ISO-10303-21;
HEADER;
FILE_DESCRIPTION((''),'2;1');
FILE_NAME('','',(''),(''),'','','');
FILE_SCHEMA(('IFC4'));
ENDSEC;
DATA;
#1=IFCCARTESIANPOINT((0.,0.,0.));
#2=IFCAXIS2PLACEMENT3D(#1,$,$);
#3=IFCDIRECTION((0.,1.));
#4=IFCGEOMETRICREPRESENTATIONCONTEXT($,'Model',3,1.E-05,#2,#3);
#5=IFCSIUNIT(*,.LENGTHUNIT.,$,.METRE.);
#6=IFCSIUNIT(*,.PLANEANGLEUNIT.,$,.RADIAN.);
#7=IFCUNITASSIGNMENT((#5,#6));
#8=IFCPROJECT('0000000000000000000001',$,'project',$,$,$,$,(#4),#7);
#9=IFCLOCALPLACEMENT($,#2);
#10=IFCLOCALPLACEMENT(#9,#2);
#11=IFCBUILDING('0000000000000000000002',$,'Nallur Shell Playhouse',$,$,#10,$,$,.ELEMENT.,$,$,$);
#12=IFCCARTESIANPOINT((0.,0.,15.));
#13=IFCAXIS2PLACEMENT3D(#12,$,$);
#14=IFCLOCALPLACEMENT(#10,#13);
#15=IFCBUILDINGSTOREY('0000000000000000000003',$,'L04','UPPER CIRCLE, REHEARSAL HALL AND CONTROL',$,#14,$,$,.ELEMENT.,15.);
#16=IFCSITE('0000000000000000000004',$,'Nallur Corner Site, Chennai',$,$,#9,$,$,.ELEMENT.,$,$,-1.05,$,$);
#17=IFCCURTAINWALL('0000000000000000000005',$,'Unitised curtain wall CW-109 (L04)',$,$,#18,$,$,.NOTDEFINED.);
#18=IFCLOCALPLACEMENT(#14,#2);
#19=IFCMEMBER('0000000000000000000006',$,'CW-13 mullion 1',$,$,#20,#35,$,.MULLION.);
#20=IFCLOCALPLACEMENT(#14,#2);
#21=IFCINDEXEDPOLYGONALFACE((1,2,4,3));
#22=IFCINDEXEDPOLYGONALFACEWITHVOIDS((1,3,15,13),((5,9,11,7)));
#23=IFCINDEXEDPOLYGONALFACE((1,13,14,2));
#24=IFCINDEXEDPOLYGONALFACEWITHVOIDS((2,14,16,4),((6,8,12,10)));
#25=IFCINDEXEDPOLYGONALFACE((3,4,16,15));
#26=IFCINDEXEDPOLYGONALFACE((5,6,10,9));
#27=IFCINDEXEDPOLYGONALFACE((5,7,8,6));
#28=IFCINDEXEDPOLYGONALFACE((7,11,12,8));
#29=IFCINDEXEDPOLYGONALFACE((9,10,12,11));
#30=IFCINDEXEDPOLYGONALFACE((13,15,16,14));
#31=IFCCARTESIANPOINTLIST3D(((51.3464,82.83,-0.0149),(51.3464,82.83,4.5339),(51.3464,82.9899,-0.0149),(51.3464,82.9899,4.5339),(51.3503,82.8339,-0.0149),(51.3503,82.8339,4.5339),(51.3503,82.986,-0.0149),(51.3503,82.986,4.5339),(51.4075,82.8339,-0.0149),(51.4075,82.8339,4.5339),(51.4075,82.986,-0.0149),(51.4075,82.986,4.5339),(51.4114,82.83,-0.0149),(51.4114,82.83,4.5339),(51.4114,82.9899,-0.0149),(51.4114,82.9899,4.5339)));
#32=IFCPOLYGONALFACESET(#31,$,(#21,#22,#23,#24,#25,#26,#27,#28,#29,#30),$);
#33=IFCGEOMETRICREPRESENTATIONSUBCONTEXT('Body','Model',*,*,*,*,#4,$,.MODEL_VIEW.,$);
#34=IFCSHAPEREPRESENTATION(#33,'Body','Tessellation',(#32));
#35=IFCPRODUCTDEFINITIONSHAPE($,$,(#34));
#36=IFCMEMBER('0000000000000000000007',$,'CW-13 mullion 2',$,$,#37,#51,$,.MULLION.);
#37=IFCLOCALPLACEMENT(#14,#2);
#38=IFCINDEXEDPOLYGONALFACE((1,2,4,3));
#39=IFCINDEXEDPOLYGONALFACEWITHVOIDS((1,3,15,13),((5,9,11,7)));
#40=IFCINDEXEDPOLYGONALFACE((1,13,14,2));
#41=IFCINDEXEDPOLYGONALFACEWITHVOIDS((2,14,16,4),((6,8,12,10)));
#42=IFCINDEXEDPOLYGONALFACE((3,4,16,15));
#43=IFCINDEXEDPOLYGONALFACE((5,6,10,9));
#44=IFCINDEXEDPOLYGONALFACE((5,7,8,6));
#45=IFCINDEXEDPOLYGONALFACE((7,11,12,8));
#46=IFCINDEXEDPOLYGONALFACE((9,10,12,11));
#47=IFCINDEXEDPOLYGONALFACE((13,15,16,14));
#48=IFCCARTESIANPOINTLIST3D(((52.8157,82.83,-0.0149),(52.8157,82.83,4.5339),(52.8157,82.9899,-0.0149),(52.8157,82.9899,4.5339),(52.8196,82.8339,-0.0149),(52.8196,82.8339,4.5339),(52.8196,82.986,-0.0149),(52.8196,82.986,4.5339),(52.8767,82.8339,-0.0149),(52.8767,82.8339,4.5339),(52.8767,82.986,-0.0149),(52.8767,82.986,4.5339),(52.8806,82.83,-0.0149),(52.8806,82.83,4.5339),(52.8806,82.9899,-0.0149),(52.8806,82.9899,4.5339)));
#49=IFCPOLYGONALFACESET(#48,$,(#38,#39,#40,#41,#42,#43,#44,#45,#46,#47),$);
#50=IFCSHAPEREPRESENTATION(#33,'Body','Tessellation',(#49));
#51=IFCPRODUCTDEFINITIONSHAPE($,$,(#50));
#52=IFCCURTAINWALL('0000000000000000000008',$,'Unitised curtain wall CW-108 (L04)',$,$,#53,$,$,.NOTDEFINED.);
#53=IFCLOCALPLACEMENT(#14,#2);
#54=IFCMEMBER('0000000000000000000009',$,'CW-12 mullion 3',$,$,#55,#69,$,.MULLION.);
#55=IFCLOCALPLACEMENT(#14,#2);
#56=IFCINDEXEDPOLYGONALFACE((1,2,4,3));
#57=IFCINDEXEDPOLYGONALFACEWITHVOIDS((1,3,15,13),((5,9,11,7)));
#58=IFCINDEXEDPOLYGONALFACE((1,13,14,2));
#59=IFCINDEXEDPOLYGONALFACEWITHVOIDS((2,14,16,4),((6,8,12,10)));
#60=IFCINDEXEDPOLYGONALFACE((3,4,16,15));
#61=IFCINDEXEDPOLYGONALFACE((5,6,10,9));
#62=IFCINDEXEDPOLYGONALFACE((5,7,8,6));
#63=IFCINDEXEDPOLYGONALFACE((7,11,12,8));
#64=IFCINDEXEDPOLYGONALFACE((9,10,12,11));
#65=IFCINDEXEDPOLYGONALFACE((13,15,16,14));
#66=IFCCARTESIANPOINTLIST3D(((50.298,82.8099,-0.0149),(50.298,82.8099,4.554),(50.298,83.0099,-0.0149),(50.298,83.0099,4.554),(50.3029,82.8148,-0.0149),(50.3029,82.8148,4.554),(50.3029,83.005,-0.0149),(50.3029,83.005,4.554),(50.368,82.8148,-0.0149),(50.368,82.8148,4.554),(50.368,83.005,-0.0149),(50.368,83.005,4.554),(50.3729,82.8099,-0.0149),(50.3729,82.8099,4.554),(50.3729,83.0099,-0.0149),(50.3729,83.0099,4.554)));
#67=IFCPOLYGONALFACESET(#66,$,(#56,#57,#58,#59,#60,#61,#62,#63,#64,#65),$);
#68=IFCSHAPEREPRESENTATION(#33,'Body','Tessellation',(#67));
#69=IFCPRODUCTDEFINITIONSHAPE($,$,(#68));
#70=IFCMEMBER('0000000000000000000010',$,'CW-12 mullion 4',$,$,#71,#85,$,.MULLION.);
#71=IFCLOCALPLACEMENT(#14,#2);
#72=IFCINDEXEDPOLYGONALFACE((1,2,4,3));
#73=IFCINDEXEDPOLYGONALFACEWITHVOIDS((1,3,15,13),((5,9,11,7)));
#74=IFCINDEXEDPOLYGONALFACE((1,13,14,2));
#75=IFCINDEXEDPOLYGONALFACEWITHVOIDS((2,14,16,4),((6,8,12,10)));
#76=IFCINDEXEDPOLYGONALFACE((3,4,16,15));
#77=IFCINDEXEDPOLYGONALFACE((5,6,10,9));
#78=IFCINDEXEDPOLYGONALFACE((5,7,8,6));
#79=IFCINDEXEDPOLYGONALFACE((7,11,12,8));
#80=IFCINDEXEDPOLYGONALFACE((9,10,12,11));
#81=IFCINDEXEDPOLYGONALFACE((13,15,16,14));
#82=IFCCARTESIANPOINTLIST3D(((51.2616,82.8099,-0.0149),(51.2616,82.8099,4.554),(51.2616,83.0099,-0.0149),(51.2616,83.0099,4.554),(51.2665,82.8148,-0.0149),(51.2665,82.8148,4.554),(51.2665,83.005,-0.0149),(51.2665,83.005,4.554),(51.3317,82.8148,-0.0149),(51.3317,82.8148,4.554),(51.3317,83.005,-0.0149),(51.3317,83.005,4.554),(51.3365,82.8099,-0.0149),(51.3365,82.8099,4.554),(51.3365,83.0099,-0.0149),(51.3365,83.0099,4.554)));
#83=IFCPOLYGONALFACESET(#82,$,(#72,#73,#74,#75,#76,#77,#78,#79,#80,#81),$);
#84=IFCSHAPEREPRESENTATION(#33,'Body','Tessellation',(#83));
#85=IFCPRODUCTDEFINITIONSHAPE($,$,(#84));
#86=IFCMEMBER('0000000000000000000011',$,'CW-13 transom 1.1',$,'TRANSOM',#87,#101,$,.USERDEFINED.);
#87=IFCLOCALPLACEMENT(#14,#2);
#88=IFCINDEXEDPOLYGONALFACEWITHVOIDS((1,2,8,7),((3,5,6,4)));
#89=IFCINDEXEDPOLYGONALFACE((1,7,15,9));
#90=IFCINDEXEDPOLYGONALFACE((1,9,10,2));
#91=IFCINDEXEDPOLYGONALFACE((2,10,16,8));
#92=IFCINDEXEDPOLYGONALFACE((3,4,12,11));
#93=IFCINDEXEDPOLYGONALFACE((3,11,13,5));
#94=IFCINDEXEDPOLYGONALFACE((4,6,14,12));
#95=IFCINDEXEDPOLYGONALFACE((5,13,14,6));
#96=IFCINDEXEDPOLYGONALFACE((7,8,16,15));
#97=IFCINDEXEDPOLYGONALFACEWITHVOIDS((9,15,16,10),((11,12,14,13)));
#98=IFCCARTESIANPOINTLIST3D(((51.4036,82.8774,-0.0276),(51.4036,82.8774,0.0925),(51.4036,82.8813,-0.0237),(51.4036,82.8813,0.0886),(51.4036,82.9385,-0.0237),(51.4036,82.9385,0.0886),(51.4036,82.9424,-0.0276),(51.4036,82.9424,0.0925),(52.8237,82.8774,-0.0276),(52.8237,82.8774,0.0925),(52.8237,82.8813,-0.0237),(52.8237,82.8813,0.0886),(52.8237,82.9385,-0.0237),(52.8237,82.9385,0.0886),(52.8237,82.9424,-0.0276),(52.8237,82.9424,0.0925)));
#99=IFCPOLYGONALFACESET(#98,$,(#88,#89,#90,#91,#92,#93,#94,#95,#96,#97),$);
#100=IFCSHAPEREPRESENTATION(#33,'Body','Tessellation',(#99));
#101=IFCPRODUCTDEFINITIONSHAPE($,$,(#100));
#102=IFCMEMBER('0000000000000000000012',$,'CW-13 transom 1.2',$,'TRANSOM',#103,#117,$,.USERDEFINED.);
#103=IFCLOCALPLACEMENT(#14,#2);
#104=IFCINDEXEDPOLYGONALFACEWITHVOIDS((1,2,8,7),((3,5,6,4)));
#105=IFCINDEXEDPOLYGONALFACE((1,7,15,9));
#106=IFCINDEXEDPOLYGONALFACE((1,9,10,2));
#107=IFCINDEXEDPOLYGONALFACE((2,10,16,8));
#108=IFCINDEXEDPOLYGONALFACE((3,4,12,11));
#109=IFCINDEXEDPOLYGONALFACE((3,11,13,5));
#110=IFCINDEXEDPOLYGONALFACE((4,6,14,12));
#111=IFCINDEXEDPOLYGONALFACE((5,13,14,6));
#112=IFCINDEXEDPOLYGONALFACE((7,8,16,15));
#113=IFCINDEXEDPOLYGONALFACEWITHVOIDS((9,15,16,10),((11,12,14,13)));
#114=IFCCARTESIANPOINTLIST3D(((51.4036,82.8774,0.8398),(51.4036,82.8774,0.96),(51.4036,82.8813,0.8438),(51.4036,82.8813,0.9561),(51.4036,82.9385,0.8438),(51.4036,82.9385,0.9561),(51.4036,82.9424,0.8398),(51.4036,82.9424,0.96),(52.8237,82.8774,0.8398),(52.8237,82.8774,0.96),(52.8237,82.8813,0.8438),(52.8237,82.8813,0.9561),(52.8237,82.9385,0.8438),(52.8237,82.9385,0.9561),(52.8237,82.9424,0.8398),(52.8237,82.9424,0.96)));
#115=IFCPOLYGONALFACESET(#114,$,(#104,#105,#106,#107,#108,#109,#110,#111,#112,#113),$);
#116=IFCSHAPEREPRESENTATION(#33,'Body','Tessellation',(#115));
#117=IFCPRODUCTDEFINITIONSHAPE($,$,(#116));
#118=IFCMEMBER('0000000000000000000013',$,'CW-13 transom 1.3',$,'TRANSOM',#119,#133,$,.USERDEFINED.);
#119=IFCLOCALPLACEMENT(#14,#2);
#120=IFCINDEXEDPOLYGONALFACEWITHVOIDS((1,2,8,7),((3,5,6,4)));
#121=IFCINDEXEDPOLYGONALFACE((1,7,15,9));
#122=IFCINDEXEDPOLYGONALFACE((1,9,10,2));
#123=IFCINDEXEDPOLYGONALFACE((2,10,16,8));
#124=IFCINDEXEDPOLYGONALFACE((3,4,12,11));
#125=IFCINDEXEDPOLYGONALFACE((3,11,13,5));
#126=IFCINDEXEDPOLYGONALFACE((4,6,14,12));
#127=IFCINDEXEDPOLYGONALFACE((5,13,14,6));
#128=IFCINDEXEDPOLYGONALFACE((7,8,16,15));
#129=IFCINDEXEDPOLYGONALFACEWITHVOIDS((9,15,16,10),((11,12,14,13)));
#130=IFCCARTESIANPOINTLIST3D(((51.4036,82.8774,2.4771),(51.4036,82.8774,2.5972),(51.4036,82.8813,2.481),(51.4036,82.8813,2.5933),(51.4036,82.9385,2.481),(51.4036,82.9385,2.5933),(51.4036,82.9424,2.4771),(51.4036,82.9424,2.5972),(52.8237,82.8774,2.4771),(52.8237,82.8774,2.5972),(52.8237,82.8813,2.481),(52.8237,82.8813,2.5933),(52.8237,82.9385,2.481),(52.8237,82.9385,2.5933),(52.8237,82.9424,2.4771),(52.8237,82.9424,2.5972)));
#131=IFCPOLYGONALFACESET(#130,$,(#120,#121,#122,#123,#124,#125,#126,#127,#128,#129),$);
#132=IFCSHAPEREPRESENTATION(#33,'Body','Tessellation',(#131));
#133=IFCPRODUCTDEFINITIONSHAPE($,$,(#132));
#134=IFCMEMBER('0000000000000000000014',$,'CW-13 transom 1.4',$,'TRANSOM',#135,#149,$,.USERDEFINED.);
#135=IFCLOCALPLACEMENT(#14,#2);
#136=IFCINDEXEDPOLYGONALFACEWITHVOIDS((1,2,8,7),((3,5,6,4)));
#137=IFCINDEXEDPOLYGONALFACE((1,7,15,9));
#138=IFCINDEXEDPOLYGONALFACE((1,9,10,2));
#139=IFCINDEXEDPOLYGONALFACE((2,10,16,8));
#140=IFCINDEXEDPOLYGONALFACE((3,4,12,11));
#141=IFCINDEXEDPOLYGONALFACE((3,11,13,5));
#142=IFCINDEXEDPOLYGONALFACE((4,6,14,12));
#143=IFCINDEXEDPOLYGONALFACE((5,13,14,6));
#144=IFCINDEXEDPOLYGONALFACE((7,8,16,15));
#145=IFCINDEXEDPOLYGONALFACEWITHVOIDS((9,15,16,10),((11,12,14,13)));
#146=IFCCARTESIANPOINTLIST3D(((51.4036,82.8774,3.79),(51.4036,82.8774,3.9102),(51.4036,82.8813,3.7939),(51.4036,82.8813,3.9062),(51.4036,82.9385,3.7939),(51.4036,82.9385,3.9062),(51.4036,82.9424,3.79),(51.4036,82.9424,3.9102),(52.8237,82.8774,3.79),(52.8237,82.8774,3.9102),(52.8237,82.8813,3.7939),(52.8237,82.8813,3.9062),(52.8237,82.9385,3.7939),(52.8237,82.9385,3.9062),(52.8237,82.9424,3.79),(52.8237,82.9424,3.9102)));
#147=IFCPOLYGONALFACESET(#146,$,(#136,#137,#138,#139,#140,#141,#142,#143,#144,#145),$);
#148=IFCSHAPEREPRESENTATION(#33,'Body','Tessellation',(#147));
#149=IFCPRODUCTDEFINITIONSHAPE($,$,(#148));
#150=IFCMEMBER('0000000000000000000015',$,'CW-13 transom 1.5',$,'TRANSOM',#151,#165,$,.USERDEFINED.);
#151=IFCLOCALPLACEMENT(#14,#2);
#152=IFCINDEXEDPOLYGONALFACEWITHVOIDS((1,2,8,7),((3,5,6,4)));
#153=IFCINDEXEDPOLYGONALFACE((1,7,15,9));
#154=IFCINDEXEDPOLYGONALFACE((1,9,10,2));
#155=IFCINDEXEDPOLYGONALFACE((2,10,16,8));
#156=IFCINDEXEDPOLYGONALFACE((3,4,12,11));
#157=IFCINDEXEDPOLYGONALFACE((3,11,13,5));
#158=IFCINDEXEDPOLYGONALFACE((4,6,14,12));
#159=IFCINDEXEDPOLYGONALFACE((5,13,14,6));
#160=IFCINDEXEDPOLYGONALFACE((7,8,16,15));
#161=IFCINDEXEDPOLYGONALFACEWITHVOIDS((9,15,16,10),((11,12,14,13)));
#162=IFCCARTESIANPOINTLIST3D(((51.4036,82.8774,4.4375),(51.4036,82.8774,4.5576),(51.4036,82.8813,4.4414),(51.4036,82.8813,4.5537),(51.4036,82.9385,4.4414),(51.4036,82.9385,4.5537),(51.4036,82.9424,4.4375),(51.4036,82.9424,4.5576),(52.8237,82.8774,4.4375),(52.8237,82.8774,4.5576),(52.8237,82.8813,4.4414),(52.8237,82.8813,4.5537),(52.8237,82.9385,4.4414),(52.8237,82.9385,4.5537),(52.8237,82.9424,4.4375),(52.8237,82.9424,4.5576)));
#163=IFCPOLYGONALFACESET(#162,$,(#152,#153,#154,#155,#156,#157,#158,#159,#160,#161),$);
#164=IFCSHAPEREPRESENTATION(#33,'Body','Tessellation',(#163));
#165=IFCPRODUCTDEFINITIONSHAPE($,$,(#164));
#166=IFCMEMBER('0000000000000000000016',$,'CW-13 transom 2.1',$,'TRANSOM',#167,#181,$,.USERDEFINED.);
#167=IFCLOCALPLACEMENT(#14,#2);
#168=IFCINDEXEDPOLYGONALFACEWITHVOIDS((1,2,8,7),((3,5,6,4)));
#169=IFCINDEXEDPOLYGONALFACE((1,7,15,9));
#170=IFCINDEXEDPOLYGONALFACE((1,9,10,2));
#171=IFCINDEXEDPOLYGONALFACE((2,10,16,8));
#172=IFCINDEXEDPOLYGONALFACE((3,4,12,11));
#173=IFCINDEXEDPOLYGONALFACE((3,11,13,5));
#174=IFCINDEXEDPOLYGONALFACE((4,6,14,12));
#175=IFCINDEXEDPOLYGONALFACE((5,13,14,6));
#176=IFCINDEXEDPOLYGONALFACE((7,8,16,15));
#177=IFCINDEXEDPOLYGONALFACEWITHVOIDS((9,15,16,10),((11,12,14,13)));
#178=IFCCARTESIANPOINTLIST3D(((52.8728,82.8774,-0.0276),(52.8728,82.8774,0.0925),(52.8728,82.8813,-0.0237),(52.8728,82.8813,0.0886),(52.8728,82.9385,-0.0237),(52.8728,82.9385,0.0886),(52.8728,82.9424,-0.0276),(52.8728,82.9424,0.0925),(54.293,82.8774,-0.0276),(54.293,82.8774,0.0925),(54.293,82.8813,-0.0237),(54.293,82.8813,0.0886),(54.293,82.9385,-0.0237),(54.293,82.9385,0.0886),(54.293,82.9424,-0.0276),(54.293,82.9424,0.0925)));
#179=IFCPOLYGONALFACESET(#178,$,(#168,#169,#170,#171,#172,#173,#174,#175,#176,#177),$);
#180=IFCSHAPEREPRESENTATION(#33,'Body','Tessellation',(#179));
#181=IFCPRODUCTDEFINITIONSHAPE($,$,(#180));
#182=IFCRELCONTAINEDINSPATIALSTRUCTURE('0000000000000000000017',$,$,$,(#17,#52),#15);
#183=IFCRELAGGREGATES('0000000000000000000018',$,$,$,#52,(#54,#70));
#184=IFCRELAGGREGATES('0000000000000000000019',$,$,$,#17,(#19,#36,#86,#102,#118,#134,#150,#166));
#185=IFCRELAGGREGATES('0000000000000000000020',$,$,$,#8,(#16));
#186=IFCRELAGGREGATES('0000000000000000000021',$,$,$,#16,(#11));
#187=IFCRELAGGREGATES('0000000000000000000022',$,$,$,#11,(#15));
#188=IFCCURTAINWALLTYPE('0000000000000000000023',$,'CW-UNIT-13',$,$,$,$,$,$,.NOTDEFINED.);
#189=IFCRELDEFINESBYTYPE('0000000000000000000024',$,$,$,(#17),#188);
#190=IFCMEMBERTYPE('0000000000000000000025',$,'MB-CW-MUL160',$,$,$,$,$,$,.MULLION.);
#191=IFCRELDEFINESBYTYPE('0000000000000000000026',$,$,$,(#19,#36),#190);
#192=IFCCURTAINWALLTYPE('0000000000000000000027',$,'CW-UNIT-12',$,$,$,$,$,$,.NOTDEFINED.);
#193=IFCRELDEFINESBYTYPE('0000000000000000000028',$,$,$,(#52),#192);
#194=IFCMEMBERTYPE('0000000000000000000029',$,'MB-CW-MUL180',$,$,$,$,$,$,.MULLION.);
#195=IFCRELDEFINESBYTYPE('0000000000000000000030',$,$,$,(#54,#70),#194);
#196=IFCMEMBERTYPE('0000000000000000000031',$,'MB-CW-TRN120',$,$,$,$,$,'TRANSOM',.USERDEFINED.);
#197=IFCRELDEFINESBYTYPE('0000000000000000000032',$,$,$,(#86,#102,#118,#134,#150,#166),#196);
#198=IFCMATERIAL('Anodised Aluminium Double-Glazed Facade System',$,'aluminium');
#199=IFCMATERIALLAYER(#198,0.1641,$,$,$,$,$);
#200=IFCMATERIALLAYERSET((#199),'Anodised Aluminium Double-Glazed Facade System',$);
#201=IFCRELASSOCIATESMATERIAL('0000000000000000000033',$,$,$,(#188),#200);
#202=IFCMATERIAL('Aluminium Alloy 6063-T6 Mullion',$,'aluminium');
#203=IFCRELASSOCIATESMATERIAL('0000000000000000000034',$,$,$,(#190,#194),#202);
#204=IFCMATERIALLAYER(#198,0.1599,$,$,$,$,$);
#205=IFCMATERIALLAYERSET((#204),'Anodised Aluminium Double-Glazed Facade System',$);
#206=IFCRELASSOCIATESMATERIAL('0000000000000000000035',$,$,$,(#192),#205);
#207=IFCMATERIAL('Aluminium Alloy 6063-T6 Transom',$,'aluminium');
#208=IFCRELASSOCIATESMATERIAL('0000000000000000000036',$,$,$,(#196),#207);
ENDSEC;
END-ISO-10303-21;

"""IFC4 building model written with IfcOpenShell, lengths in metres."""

from ifc_helpers import new_model, si_unit, direction, frame, origin, origin_2d, place, context, subcontext, project, spatial, hollow_rectangle, extrude, material, layer, layer_set, material_profile, profile_set, type_object, element, aggregate, save


model = new_model("IFC4")

# Units and contexts
model_context = context("Model", 3, precision=1e-05, world=origin(), true_north=direction((0.0, 1.0)))
body_context = subcontext(model_context, "Body", "Model", "MODEL_VIEW")
ifc_project = project(units=[si_unit("LENGTHUNIT", "METRE"), si_unit("PLANEANGLEUNIT", "RADIAN")], contexts=[model_context])

# Site, building, storey
site_placement = place(None, origin())
site = spatial("IfcSite", under=ifc_project, at=site_placement, Name="Nallur Corner Site, Chennai", CompositionType="ELEMENT", RefElevation=-1.05)
building_placement = place(site_placement, origin())
building = spatial("IfcBuilding", under=site, at=building_placement, Name="Nallur Shell Playhouse", CompositionType="ELEMENT")
storey_placement = place(building_placement, frame((0.0, 0.0, 15.0)))
storey = spatial("IfcBuildingStorey", under=building, at=storey_placement, Name="L04", Description="UPPER CIRCLE, REHEARSAL HALL AND CONTROL", CompositionType="ELEMENT", Elevation=15.0)

# Curtain walls, members
ifc_material_1 = material(Name="Anodised Aluminium Double-Glazed Facade System", Category="aluminium")
ifc_layer_1 = layer(ifc_material_1, 0.1641)
ifc_layer_set_1 = layer_set([ifc_layer_1], Name="Anodised Aluminium Double-Glazed Facade System")
curtain_wall_type_1 = type_object("IfcCurtainWallType", Name="CW-UNIT-13", PredefinedType="NOTDEFINED", material=ifc_layer_set_1)
curtain_wall_1_placement = place(storey_placement, origin())
curtain_wall_1 = element("IfcCurtainWall", 1, at=curtain_wall_1_placement, inside=storey, type_object=curtain_wall_type_1, Name="Unitised curtain wall CW-109 (L04)", PredefinedType="NOTDEFINED")
ifc_material_2 = material(Name="Aluminium Alloy 6063-T6 Mullion", Category="aluminium")
ifc_material_profile_1 = material_profile(ifc_material_2, hollow_rectangle(XDim=0.0649, YDim=0.1599, WallThickness=0.0039, at=origin_2d()), Name="ALU 65x160x4")
ifc_profile_set_1 = profile_set([ifc_material_profile_1], Name="Aluminium Alloy 6063-T6 Mullion")
member_type_1 = type_object("IfcMemberType", Name="MB-CW-MUL160", PredefinedType="MULLION", material=ifc_profile_set_1)
member_1_placement = place(storey_placement, frame((51.3789, 82.9099, -0.0149), z_axis=(0.0, 0.0, 1.0), x_axis=(1.0, 0.0, 0.0)))
member_1 = element("IfcMember", 2, at=member_1_placement, type_object=member_type_1, Name="CW-13 mullion 1", PredefinedType="MULLION", context=body_context, shape_type="SweptSolid", body=[
    extrude(hollow_rectangle(XDim=0.0649, YDim=0.1599, WallThickness=0.0039, at=origin_2d()), origin(), (0.0, 0.0, 1.0), 4.5488),
])
member_2_placement = place(storey_placement, frame((52.8481, 82.9099, -0.0149), z_axis=(0.0, 0.0, 1.0), x_axis=(1.0, 0.0, 0.0)))
member_2 = element("IfcMember", 3, at=member_2_placement, type_object=member_type_1, Name="CW-13 mullion 2", PredefinedType="MULLION", context=body_context, shape_type="SweptSolid", body=[
    extrude(hollow_rectangle(XDim=0.0649, YDim=0.1599, WallThickness=0.0039, at=origin_2d()), origin(), (0.0, 0.0, 1.0), 4.5488),
])
ifc_layer_2 = layer(ifc_material_1, 0.1599)
ifc_layer_set_2 = layer_set([ifc_layer_2], Name="Anodised Aluminium Double-Glazed Facade System")
curtain_wall_type_2 = type_object("IfcCurtainWallType", Name="CW-UNIT-12", PredefinedType="NOTDEFINED", material=ifc_layer_set_2)
curtain_wall_2_placement = place(storey_placement, origin())
curtain_wall_2 = element("IfcCurtainWall", 4, at=curtain_wall_2_placement, inside=storey, type_object=curtain_wall_type_2, Name="Unitised curtain wall CW-108 (L04)", PredefinedType="NOTDEFINED")
ifc_material_profile_2 = material_profile(ifc_material_2, hollow_rectangle(XDim=0.075, YDim=0.2, WallThickness=0.0049, at=origin_2d()), Name="ALU 75x200x5")
ifc_profile_set_2 = profile_set([ifc_material_profile_2], Name="Aluminium Alloy 6063-T6 Mullion")
member_type_2 = type_object("IfcMemberType", Name="MB-CW-MUL180", PredefinedType="MULLION", material=ifc_profile_set_2)
member_3_placement = place(storey_placement, frame((50.3354, 82.9099, -0.0149), z_axis=(0.0, 0.0, 1.0), x_axis=(1.0, 0.0, 0.0)))
member_3 = element("IfcMember", 5, at=member_3_placement, type_object=member_type_2, Name="CW-12 mullion 3", PredefinedType="MULLION", context=body_context, shape_type="SweptSolid", body=[
    extrude(hollow_rectangle(XDim=0.075, YDim=0.2, WallThickness=0.0049, at=origin_2d()), origin(), (0.0, 0.0, 1.0), 4.5688),
])
member_4_placement = place(storey_placement, frame((51.2991, 82.9099, -0.0149), z_axis=(0.0, 0.0, 1.0), x_axis=(1.0, 0.0, 0.0)))
member_4 = element("IfcMember", 6, at=member_4_placement, type_object=member_type_2, Name="CW-12 mullion 4", PredefinedType="MULLION", context=body_context, shape_type="SweptSolid", body=[
    extrude(hollow_rectangle(XDim=0.075, YDim=0.2, WallThickness=0.0049, at=origin_2d()), origin(), (0.0, 0.0, 1.0), 4.5688),
])

# Members
ifc_material_3 = material(Name="Aluminium Alloy 6063-T6 Transom", Category="aluminium")
ifc_material_profile_3 = material_profile(ifc_material_3, hollow_rectangle(XDim=0.0649, YDim=0.1201, WallThickness=0.0039, at=origin_2d()), Name="ALU 65x120x4")
ifc_profile_set_3 = profile_set([ifc_material_profile_3], Name="Aluminium Alloy 6063-T6 Transom")
member_type_3 = type_object("IfcMemberType", Name="MB-CW-TRN120", ElementType="TRANSOM", PredefinedType="USERDEFINED", material=ifc_profile_set_3)
member_5_placement = place(storey_placement, frame((51.4036, 82.9099, 0.0325), z_axis=(1.0, 0.0, 0.0), x_axis=(0.0, 1.0, 0.0)))
member_5 = element("IfcMember", 7, at=member_5_placement, type_object=member_type_3, Name="CW-13 transom 1.1", ObjectType="TRANSOM", PredefinedType="USERDEFINED", context=body_context, shape_type="SweptSolid", body=[
    extrude(hollow_rectangle(XDim=0.0649, YDim=0.1201, WallThickness=0.0039, at=origin_2d()), origin(), (0.0, 0.0, 1.0), 1.4202),
])
member_6_placement = place(storey_placement, frame((51.4036, 82.9099, 0.8999), z_axis=(1.0, 0.0, 0.0), x_axis=(0.0, 1.0, 0.0)))
member_6 = element("IfcMember", 8, at=member_6_placement, type_object=member_type_3, Name="CW-13 transom 1.2", ObjectType="TRANSOM", PredefinedType="USERDEFINED", context=body_context, shape_type="SweptSolid", body=[
    extrude(hollow_rectangle(XDim=0.0649, YDim=0.1201, WallThickness=0.0039, at=origin_2d()), origin(), (0.0, 0.0, 1.0), 1.4202),
])
member_7_placement = place(storey_placement, frame((51.4036, 82.9099, 2.5371), z_axis=(1.0, 0.0, 0.0), x_axis=(0.0, 1.0, 0.0)))
member_7 = element("IfcMember", 9, at=member_7_placement, type_object=member_type_3, Name="CW-13 transom 1.3", ObjectType="TRANSOM", PredefinedType="USERDEFINED", context=body_context, shape_type="SweptSolid", body=[
    extrude(hollow_rectangle(XDim=0.0649, YDim=0.1201, WallThickness=0.0039, at=origin_2d()), origin(), (0.0, 0.0, 1.0), 1.4202),
])
member_8_placement = place(storey_placement, frame((51.4036, 82.9099, 3.8501), z_axis=(1.0, 0.0, 0.0), x_axis=(0.0, 1.0, 0.0)))
member_8 = element("IfcMember", 10, at=member_8_placement, type_object=member_type_3, Name="CW-13 transom 1.4", ObjectType="TRANSOM", PredefinedType="USERDEFINED", context=body_context, shape_type="SweptSolid", body=[
    extrude(hollow_rectangle(XDim=0.0649, YDim=0.1201, WallThickness=0.0039, at=origin_2d()), origin(), (0.0, 0.0, 1.0), 1.4202),
])
member_9_placement = place(storey_placement, frame((51.4036, 82.9099, 4.4976), z_axis=(1.0, 0.0, 0.0), x_axis=(0.0, 1.0, 0.0)))
member_9 = element("IfcMember", 11, at=member_9_placement, type_object=member_type_3, Name="CW-13 transom 1.5", ObjectType="TRANSOM", PredefinedType="USERDEFINED", context=body_context, shape_type="SweptSolid", body=[
    extrude(hollow_rectangle(XDim=0.0649, YDim=0.1201, WallThickness=0.0039, at=origin_2d()), origin(), (0.0, 0.0, 1.0), 1.4202),
])
member_10_placement = place(storey_placement, frame((52.8728, 82.9099, 0.0325), z_axis=(1.0, 0.0, 0.0), x_axis=(0.0, 1.0, 0.0)))
member_10 = element("IfcMember", 12, at=member_10_placement, type_object=member_type_3, Name="CW-13 transom 2.1", ObjectType="TRANSOM", PredefinedType="USERDEFINED", context=body_context, shape_type="SweptSolid", body=[
    extrude(hollow_rectangle(XDim=0.0649, YDim=0.1201, WallThickness=0.0039, at=origin_2d()), origin(), (0.0, 0.0, 1.0), 1.4202),
])

aggregate(curtain_wall_2, [member_3, member_4])
aggregate(curtain_wall_1, [member_1, member_2, member_5, member_6, member_7, member_8, member_9, member_10])

save(model, "model.ifc")
